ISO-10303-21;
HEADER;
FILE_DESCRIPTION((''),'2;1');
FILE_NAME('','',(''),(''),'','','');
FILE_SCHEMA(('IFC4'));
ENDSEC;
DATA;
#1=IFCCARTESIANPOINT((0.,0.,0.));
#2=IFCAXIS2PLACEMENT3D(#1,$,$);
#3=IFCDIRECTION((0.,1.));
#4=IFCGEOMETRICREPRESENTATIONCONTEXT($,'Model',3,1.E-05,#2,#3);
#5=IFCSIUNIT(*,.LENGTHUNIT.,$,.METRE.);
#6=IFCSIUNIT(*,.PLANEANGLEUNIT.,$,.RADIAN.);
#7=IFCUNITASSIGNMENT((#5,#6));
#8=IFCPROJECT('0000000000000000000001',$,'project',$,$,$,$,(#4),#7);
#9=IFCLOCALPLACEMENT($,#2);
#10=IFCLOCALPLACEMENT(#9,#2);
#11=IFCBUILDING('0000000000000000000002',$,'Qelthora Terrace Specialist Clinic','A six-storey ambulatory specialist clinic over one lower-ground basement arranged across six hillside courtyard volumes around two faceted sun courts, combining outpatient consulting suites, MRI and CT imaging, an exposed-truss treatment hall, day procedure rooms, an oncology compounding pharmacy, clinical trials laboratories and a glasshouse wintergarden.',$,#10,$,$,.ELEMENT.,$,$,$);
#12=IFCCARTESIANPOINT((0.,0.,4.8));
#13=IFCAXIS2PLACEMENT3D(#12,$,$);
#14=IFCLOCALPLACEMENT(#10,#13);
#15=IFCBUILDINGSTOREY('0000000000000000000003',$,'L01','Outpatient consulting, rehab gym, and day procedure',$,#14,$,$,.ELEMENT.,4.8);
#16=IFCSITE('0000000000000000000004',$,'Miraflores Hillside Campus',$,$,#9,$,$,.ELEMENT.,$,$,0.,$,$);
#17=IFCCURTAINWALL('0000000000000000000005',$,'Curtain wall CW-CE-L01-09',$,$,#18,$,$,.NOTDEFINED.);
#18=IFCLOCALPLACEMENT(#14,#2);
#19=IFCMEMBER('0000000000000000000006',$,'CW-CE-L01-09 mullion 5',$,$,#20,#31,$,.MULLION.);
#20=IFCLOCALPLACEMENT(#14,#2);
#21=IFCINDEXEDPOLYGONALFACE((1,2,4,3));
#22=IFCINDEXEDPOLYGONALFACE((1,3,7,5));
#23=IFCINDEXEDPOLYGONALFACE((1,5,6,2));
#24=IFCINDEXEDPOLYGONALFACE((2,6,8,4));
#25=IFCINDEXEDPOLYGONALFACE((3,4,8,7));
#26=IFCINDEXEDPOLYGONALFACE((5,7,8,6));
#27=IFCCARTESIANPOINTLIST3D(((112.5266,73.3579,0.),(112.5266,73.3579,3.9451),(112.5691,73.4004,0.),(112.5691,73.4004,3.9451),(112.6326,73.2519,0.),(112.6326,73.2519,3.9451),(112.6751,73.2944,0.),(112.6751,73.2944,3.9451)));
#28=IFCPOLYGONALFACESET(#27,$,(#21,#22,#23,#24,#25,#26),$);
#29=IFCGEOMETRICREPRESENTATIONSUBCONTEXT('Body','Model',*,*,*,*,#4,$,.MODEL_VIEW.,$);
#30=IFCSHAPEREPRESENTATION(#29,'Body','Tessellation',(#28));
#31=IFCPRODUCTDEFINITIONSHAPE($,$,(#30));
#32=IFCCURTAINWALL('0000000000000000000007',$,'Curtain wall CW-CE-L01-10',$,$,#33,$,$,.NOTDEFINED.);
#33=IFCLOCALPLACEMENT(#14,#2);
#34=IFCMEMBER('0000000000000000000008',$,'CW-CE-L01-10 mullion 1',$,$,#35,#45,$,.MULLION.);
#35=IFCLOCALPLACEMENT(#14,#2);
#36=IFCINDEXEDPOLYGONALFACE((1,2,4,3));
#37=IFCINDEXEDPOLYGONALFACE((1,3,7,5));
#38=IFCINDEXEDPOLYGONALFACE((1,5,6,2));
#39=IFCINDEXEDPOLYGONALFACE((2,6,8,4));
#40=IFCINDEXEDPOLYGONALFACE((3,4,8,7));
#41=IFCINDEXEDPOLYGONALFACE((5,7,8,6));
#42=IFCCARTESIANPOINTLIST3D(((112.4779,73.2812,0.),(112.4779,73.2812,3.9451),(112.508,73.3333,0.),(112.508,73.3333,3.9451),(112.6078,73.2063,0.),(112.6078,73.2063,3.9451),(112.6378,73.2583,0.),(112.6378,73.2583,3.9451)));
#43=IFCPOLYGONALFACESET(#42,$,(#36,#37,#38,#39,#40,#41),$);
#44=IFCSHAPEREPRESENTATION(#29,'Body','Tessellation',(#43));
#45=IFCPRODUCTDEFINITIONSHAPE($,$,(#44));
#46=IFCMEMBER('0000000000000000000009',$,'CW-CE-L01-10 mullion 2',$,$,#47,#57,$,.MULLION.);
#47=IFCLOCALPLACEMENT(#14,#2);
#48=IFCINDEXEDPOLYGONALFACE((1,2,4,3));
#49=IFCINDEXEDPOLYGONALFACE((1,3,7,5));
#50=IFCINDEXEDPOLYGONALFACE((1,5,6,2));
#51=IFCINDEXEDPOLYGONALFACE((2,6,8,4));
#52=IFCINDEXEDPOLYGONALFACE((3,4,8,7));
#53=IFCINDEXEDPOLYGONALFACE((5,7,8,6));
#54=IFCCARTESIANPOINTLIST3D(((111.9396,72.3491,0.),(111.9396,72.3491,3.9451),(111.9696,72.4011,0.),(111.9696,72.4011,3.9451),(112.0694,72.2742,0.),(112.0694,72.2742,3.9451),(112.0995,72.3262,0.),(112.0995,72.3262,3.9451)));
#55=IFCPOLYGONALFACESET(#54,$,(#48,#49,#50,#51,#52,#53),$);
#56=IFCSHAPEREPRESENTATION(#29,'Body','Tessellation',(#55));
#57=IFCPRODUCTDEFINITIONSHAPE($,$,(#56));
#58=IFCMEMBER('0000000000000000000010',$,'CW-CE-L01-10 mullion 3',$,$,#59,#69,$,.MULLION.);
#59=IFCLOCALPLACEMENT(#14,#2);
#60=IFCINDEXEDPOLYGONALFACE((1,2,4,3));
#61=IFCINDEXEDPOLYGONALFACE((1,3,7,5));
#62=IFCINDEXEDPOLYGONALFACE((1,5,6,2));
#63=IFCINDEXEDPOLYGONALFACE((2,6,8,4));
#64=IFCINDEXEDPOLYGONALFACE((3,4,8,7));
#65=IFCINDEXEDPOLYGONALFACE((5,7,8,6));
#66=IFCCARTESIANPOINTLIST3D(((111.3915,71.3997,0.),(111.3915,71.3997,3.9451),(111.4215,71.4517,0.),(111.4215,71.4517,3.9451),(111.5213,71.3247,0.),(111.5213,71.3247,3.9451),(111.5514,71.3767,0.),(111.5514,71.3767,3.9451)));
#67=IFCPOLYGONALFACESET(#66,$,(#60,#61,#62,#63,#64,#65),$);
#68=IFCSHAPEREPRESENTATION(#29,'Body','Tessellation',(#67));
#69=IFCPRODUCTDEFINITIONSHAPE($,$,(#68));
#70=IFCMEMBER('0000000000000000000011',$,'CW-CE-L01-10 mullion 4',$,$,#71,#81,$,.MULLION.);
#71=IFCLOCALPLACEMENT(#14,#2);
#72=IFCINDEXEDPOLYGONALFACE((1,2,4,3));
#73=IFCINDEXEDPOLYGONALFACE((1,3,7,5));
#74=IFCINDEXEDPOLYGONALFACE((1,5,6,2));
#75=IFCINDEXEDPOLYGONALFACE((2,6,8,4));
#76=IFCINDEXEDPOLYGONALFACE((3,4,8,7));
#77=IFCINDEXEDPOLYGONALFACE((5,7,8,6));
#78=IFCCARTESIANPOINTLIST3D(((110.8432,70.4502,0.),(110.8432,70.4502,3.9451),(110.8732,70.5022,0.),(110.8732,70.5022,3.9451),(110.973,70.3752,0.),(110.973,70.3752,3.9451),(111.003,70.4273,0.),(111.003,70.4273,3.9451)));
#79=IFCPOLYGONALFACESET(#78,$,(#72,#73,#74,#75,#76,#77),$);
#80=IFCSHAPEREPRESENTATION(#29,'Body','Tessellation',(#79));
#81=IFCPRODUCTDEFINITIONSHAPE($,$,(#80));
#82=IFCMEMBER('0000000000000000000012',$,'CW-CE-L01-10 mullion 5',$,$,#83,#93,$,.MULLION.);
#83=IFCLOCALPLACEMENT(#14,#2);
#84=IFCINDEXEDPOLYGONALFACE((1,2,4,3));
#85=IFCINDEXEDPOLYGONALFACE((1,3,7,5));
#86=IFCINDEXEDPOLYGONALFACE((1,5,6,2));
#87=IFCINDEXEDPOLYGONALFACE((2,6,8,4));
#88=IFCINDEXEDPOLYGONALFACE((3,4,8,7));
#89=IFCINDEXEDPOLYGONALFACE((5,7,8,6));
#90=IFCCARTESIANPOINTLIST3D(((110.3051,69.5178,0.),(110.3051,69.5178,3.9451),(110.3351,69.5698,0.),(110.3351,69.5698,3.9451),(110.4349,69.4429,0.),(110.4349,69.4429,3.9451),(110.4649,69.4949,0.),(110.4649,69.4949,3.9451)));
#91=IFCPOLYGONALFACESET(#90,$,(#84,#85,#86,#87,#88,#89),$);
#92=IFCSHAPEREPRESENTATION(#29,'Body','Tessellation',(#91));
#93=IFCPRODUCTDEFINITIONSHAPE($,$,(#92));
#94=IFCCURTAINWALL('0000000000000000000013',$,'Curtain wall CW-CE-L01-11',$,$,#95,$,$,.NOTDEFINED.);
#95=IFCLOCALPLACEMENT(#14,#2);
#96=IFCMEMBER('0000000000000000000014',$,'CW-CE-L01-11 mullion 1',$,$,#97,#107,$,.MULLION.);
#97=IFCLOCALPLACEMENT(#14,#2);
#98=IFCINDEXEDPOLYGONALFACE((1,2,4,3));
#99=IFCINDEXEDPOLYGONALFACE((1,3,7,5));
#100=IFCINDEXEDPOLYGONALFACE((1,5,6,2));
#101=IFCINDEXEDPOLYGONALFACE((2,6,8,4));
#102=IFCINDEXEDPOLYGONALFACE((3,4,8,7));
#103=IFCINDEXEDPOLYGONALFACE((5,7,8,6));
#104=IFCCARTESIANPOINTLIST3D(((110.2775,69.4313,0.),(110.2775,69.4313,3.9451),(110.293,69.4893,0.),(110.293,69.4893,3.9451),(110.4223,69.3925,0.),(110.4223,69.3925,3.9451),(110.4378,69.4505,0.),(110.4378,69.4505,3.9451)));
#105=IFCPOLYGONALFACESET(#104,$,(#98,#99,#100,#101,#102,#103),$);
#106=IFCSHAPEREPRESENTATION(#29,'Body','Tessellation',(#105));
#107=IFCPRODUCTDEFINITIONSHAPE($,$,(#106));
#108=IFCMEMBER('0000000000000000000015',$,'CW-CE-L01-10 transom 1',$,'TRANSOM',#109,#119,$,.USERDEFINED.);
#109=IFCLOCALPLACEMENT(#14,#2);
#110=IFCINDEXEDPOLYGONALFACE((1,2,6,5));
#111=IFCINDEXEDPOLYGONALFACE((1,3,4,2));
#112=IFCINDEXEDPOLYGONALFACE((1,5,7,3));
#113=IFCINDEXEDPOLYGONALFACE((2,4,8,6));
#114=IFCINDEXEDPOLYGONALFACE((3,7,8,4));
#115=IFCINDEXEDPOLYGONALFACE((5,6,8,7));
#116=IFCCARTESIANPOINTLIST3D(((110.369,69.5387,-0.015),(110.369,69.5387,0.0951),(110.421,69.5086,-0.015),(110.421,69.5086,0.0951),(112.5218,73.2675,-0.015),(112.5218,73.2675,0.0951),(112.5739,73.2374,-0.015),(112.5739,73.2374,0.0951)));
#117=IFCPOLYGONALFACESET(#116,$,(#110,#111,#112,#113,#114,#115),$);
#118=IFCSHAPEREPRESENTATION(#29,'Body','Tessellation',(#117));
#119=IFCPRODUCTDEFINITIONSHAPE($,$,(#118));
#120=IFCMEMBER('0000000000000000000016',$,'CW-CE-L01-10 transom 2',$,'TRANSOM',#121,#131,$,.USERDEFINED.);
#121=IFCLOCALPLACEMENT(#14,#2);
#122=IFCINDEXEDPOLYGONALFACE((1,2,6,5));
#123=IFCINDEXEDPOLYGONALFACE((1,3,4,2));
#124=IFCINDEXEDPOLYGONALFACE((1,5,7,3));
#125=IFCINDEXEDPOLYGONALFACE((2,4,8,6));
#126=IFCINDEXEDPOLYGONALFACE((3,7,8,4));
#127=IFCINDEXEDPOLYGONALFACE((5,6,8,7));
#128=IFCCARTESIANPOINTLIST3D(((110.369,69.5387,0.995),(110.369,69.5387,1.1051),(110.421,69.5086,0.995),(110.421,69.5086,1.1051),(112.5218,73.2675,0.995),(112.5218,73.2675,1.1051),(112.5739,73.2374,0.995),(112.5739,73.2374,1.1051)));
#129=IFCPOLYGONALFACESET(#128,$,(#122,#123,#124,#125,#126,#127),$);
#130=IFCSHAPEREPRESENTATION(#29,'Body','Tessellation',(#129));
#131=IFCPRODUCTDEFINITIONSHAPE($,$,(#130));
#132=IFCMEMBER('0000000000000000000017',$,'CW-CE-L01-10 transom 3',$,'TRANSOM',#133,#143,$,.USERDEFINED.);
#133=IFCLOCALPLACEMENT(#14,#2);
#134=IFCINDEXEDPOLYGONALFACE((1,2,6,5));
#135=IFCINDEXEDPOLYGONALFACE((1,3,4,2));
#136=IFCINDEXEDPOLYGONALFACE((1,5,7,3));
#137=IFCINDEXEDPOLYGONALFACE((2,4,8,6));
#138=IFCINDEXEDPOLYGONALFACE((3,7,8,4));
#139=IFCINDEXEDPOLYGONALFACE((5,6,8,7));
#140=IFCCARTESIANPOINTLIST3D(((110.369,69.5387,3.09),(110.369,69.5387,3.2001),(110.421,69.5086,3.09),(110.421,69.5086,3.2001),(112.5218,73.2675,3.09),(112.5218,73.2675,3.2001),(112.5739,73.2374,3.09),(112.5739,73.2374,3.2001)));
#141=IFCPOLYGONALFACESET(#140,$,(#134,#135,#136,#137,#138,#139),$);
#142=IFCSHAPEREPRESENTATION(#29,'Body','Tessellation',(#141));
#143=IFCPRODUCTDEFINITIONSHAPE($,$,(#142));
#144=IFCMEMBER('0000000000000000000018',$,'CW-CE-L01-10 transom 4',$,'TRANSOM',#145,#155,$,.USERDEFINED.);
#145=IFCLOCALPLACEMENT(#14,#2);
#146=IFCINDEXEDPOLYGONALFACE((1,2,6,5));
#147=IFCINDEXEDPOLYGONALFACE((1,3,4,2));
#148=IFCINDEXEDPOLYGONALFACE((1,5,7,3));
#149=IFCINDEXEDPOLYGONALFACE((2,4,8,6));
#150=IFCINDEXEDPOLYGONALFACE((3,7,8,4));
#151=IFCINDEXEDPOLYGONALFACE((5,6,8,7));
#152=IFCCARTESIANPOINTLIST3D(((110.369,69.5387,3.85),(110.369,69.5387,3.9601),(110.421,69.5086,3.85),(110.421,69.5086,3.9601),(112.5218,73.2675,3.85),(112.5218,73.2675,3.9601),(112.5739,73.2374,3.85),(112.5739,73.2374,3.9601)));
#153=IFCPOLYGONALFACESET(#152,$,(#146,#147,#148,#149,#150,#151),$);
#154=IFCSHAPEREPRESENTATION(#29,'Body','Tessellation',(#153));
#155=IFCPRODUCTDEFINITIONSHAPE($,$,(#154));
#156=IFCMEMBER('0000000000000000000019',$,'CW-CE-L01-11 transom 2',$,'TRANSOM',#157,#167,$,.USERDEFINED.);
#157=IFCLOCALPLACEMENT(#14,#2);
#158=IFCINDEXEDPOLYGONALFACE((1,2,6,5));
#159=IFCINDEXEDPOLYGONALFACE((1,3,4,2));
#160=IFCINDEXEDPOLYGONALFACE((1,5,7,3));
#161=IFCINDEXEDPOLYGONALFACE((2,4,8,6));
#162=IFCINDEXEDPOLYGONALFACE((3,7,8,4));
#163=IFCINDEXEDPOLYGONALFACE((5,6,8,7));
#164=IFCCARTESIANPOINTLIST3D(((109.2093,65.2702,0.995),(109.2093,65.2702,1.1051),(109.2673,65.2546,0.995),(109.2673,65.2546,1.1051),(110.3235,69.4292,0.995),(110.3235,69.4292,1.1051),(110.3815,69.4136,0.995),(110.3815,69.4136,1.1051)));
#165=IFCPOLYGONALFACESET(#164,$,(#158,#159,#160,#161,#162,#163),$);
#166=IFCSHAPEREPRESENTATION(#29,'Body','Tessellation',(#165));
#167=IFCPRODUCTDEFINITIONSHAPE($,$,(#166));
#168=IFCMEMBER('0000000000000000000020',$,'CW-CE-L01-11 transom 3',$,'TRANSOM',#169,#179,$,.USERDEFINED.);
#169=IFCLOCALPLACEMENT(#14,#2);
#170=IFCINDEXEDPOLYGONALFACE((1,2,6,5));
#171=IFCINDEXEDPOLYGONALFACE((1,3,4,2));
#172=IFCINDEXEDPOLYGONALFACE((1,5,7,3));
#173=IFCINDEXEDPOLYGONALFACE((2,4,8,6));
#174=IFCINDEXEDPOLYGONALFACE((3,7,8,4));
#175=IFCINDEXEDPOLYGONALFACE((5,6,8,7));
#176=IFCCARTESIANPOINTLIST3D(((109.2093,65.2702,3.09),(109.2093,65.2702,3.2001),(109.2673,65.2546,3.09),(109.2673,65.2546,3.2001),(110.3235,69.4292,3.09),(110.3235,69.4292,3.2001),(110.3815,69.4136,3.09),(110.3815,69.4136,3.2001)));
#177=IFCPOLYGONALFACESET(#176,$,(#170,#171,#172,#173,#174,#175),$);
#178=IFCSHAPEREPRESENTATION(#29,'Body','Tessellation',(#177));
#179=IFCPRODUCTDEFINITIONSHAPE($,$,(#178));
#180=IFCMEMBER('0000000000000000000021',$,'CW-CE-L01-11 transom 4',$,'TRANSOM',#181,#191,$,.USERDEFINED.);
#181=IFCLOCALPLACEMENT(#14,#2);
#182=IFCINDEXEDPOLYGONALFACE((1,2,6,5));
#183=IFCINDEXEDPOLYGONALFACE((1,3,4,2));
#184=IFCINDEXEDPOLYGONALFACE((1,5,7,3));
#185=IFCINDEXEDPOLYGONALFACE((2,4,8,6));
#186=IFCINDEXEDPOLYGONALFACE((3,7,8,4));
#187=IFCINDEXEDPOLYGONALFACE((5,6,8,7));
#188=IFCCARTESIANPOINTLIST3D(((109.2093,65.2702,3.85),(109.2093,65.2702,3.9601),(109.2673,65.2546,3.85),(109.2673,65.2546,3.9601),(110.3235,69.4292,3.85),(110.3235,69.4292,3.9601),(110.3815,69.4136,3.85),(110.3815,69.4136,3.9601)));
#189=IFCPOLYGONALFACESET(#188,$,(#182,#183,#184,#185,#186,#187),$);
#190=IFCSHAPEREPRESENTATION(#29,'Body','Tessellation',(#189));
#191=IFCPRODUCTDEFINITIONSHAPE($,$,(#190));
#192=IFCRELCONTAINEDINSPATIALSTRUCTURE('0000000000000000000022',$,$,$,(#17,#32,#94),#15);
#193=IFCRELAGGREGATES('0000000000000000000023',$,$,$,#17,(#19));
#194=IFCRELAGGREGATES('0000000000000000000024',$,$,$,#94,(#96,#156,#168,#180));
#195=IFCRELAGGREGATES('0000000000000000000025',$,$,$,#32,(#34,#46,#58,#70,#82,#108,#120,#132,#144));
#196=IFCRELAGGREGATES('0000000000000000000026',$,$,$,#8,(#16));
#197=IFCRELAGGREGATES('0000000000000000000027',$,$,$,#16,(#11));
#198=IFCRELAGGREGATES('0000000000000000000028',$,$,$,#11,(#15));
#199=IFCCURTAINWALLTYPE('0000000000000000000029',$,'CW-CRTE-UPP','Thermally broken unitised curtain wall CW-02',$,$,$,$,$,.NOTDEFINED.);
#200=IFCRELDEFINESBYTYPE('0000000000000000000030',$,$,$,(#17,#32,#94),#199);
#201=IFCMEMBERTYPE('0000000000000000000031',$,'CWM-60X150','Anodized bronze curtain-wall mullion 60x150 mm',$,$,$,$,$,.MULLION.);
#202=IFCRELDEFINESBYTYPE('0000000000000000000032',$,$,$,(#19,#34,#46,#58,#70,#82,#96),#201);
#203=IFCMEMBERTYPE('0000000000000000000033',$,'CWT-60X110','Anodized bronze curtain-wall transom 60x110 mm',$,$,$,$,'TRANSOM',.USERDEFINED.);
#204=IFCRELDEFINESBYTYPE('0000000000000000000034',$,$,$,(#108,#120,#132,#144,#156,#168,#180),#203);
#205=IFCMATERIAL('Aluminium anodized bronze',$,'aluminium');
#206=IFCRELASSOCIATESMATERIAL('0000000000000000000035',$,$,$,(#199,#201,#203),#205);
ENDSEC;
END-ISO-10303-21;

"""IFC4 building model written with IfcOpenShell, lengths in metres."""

from ifc_helpers import new_model, si_unit, direction, frame, origin, origin_2d, place, context, subcontext, project, spatial, rectangle, extrude, material, material_profile, profile_set, type_object, element, aggregate, save


model = new_model("IFC4")

# Units and contexts
model_context = context("Model", 3, precision=1e-05, world=origin(), true_north=direction((0.0, 1.0)))
body_context = subcontext(model_context, "Body", "Model", "MODEL_VIEW")
ifc_project = project(units=[si_unit("LENGTHUNIT", "METRE"), si_unit("PLANEANGLEUNIT", "RADIAN")], contexts=[model_context])

# Site, building, storey
site_placement = place(None, origin())
site = spatial("IfcSite", under=ifc_project, at=site_placement, Name="Miraflores Hillside Campus", CompositionType="ELEMENT", RefElevation=0.0)
building_placement = place(site_placement, origin())
building = spatial("IfcBuilding", under=site, at=building_placement, Name="Qelthora Terrace Specialist Clinic", Description="A six-storey ambulatory specialist clinic over one lower-ground basement arranged across six hillside courtyard volumes around two faceted sun courts, combining outpatient consulting suites, MRI and CT imaging, an exposed-truss treatment hall, day procedure rooms, an oncology compounding pharmacy, clinical trials laboratories and a glasshouse wintergarden.", CompositionType="ELEMENT")
storey_placement = place(building_placement, frame((0.0, 0.0, 4.8)))
storey = spatial("IfcBuildingStorey", under=building, at=storey_placement, Name="L01", Description="Outpatient consulting, rehab gym, and day procedure", CompositionType="ELEMENT", Elevation=4.8)

# Curtain wall, member
ifc_material_1 = material(Name="Aluminium anodized bronze", Category="aluminium")
curtain_wall_type = type_object("IfcCurtainWallType", Name="CW-CRTE-UPP", Description="Thermally broken unitised curtain wall CW-02", PredefinedType="NOTDEFINED", material=ifc_material_1)
curtain_wall_1_placement = place(storey_placement, origin())
curtain_wall_1 = element("IfcCurtainWall", 1, at=curtain_wall_1_placement, inside=storey, type_object=curtain_wall_type, Name="Curtain wall CW-CE-L01-09", PredefinedType="NOTDEFINED")
ifc_material_profile_1 = material_profile(ifc_material_1, rectangle(XDim=0.0601, YDim=0.1499, at=origin_2d()), Name="CWM60X150")
ifc_profile_set_1 = profile_set([ifc_material_profile_1], Name="Aluminium anodized bronze")
member_type_1 = type_object("IfcMemberType", Name="CWM-60X150", Description="Anodized bronze curtain-wall mullion 60x150 mm", PredefinedType="MULLION", material=ifc_profile_set_1)
member_1_placement = place(storey_placement, frame((112.6008, 73.3262, 0.0), z_axis=(0.0, 0.0, 1.0), x_axis=(-0.707107, -0.707107, 0.0)))
member_1 = element("IfcMember", 2, at=member_1_placement, type_object=member_type_1, Name="CW-CE-L01-09 mullion 5", PredefinedType="MULLION", context=body_context, shape_type="SweptSolid", body=[
    extrude(rectangle(XDim=0.0601, YDim=0.1499, at=origin_2d()), origin(), (0.0, 0.0, 1.0), 3.9451),
])
aggregate(curtain_wall_1, [member_1])

# Curtain wall, members
curtain_wall_2_placement = place(storey_placement, origin())
curtain_wall_2 = element("IfcCurtainWall", 3, at=curtain_wall_2_placement, inside=storey, type_object=curtain_wall_type, Name="Curtain wall CW-CE-L01-10", PredefinedType="NOTDEFINED")
member_2_placement = place(storey_placement, frame((112.5579, 73.2698, 0.0), z_axis=(0.0, 0.0, 1.0), x_axis=(-0.5, -0.866025, 0.0)))
member_2 = element("IfcMember", 4, at=member_2_placement, type_object=member_type_1, Name="CW-CE-L01-10 mullion 1", PredefinedType="MULLION", context=body_context, shape_type="SweptSolid", body=[
    extrude(rectangle(XDim=0.0601, YDim=0.1499, at=origin_2d()), origin(), (0.0, 0.0, 1.0), 3.9451),
])
member_3_placement = place(storey_placement, frame((112.0195, 72.3376, 0.0), z_axis=(0.0, 0.0, 1.0), x_axis=(-0.5, -0.866025, 0.0)))
member_3 = element("IfcMember", 5, at=member_3_placement, type_object=member_type_1, Name="CW-CE-L01-10 mullion 2", PredefinedType="MULLION", context=body_context, shape_type="SweptSolid", body=[
    extrude(rectangle(XDim=0.0601, YDim=0.1499, at=origin_2d()), origin(), (0.0, 0.0, 1.0), 3.9451),
])
member_4_placement = place(storey_placement, frame((111.4714, 71.3882, 0.0), z_axis=(0.0, 0.0, 1.0), x_axis=(-0.5, -0.866025, 0.0)))
member_4 = element("IfcMember", 6, at=member_4_placement, type_object=member_type_1, Name="CW-CE-L01-10 mullion 3", PredefinedType="MULLION", context=body_context, shape_type="SweptSolid", body=[
    extrude(rectangle(XDim=0.0601, YDim=0.1499, at=origin_2d()), origin(), (0.0, 0.0, 1.0), 3.9451),
])
member_5_placement = place(storey_placement, frame((110.9231, 70.4387, 0.0), z_axis=(0.0, 0.0, 1.0), x_axis=(-0.5, -0.866025, 0.0)))
member_5 = element("IfcMember", 7, at=member_5_placement, type_object=member_type_1, Name="CW-CE-L01-10 mullion 4", PredefinedType="MULLION", context=body_context, shape_type="SweptSolid", body=[
    extrude(rectangle(XDim=0.0601, YDim=0.1499, at=origin_2d()), origin(), (0.0, 0.0, 1.0), 3.9451),
])
member_6_placement = place(storey_placement, frame((110.385, 69.5063, 0.0), z_axis=(0.0, 0.0, 1.0), x_axis=(-0.5, -0.866025, 0.0)))
member_6 = element("IfcMember", 8, at=member_6_placement, type_object=member_type_1, Name="CW-CE-L01-10 mullion 5", PredefinedType="MULLION", context=body_context, shape_type="SweptSolid", body=[
    extrude(rectangle(XDim=0.0601, YDim=0.1499, at=origin_2d()), origin(), (0.0, 0.0, 1.0), 3.9451),
])

# Curtain wall, member
curtain_wall_3_placement = place(storey_placement, origin())
curtain_wall_3 = element("IfcCurtainWall", 9, at=curtain_wall_3_placement, inside=storey, type_object=curtain_wall_type, Name="Curtain wall CW-CE-L01-11", PredefinedType="NOTDEFINED")
member_7_placement = place(storey_placement, frame((110.3577, 69.4409, 0.0), z_axis=(0.0, 0.0, 1.0), x_axis=(-0.25882, -0.965926, 0.0)))
member_7 = element("IfcMember", 10, at=member_7_placement, type_object=member_type_1, Name="CW-CE-L01-11 mullion 1", PredefinedType="MULLION", context=body_context, shape_type="SweptSolid", body=[
    extrude(rectangle(XDim=0.0601, YDim=0.1499, at=origin_2d()), origin(), (0.0, 0.0, 1.0), 3.9451),
])

# Members
ifc_material_profile_2 = material_profile(ifc_material_1, rectangle(XDim=0.0601, YDim=0.1101, at=origin_2d()), Name="CWT60X110")
ifc_profile_set_2 = profile_set([ifc_material_profile_2], Name="Aluminium anodized bronze")
member_type_2 = type_object("IfcMemberType", Name="CWT-60X110", Description="Anodized bronze curtain-wall transom 60x110 mm", ElementType="TRANSOM", PredefinedType="USERDEFINED", material=ifc_profile_set_2)
member_8_placement = place(storey_placement, frame((112.5479, 73.2524, 0.04), z_axis=(-0.500006, -0.866022, 0.0), x_axis=(0.866022, -0.500006, 0.0)))
member_8 = element("IfcMember", 11, at=member_8_placement, type_object=member_type_2, Name="CW-CE-L01-10 transom 1", ObjectType="TRANSOM", PredefinedType="USERDEFINED", context=body_context, shape_type="SweptSolid", body=[
    extrude(rectangle(XDim=0.0601, YDim=0.1101, at=origin_2d()), origin(), (0.0, 0.0, 1.0), 4.3057),
])
member_9_placement = place(storey_placement, frame((112.5479, 73.2524, 1.05), z_axis=(-0.500006, -0.866022, 0.0), x_axis=(0.866022, -0.500006, 0.0)))
member_9 = element("IfcMember", 12, at=member_9_placement, type_object=member_type_2, Name="CW-CE-L01-10 transom 2", ObjectType="TRANSOM", PredefinedType="USERDEFINED", context=body_context, shape_type="SweptSolid", body=[
    extrude(rectangle(XDim=0.0601, YDim=0.1101, at=origin_2d()), origin(), (0.0, 0.0, 1.0), 4.3057),
])
member_10_placement = place(storey_placement, frame((112.5479, 73.2524, 3.145), z_axis=(-0.500006, -0.866022, 0.0), x_axis=(0.866022, -0.500006, 0.0)))
member_10 = element("IfcMember", 13, at=member_10_placement, type_object=member_type_2, Name="CW-CE-L01-10 transom 3", ObjectType="TRANSOM", PredefinedType="USERDEFINED", context=body_context, shape_type="SweptSolid", body=[
    extrude(rectangle(XDim=0.0601, YDim=0.1101, at=origin_2d()), origin(), (0.0, 0.0, 1.0), 4.3057),
])
member_11_placement = place(storey_placement, frame((112.5479, 73.2524, 3.905), z_axis=(-0.500006, -0.866022, 0.0), x_axis=(0.866022, -0.500006, 0.0)))
member_11 = element("IfcMember", 14, at=member_11_placement, type_object=member_type_2, Name="CW-CE-L01-10 transom 4", ObjectType="TRANSOM", PredefinedType="USERDEFINED", context=body_context, shape_type="SweptSolid", body=[
    extrude(rectangle(XDim=0.0601, YDim=0.1101, at=origin_2d()), origin(), (0.0, 0.0, 1.0), 4.3057),
])
member_12_placement = place(storey_placement, frame((110.3525, 69.4214, 1.05), z_axis=(-0.258792, -0.965933, 0.0), x_axis=(0.965933, -0.258792, 0.0)))
member_12 = element("IfcMember", 15, at=member_12_placement, type_object=member_type_2, Name="CW-CE-L01-11 transom 2", ObjectType="TRANSOM", PredefinedType="USERDEFINED", context=body_context, shape_type="SweptSolid", body=[
    extrude(rectangle(XDim=0.0601, YDim=0.1101, at=origin_2d()), origin(), (0.0, 0.0, 1.0), 4.3057),
])
member_13_placement = place(storey_placement, frame((110.3525, 69.4214, 3.145), z_axis=(-0.258792, -0.965933, 0.0), x_axis=(0.965933, -0.258792, 0.0)))
member_13 = element("IfcMember", 16, at=member_13_placement, type_object=member_type_2, Name="CW-CE-L01-11 transom 3", ObjectType="TRANSOM", PredefinedType="USERDEFINED", context=body_context, shape_type="SweptSolid", body=[
    extrude(rectangle(XDim=0.0601, YDim=0.1101, at=origin_2d()), origin(), (0.0, 0.0, 1.0), 4.3057),
])
member_14_placement = place(storey_placement, frame((110.3525, 69.4214, 3.905), z_axis=(-0.258792, -0.965933, 0.0), x_axis=(0.965933, -0.258792, 0.0)))
member_14 = element("IfcMember", 17, at=member_14_placement, type_object=member_type_2, Name="CW-CE-L01-11 transom 4", ObjectType="TRANSOM", PredefinedType="USERDEFINED", context=body_context, shape_type="SweptSolid", body=[
    extrude(rectangle(XDim=0.0601, YDim=0.1101, at=origin_2d()), origin(), (0.0, 0.0, 1.0), 4.3057),
])
aggregate(curtain_wall_3, [member_7, member_12, member_13, member_14])

aggregate(curtain_wall_2, [member_2, member_3, member_4, member_5, member_6, member_8, member_9, member_10, member_11])

save(model, "model.ifc")
